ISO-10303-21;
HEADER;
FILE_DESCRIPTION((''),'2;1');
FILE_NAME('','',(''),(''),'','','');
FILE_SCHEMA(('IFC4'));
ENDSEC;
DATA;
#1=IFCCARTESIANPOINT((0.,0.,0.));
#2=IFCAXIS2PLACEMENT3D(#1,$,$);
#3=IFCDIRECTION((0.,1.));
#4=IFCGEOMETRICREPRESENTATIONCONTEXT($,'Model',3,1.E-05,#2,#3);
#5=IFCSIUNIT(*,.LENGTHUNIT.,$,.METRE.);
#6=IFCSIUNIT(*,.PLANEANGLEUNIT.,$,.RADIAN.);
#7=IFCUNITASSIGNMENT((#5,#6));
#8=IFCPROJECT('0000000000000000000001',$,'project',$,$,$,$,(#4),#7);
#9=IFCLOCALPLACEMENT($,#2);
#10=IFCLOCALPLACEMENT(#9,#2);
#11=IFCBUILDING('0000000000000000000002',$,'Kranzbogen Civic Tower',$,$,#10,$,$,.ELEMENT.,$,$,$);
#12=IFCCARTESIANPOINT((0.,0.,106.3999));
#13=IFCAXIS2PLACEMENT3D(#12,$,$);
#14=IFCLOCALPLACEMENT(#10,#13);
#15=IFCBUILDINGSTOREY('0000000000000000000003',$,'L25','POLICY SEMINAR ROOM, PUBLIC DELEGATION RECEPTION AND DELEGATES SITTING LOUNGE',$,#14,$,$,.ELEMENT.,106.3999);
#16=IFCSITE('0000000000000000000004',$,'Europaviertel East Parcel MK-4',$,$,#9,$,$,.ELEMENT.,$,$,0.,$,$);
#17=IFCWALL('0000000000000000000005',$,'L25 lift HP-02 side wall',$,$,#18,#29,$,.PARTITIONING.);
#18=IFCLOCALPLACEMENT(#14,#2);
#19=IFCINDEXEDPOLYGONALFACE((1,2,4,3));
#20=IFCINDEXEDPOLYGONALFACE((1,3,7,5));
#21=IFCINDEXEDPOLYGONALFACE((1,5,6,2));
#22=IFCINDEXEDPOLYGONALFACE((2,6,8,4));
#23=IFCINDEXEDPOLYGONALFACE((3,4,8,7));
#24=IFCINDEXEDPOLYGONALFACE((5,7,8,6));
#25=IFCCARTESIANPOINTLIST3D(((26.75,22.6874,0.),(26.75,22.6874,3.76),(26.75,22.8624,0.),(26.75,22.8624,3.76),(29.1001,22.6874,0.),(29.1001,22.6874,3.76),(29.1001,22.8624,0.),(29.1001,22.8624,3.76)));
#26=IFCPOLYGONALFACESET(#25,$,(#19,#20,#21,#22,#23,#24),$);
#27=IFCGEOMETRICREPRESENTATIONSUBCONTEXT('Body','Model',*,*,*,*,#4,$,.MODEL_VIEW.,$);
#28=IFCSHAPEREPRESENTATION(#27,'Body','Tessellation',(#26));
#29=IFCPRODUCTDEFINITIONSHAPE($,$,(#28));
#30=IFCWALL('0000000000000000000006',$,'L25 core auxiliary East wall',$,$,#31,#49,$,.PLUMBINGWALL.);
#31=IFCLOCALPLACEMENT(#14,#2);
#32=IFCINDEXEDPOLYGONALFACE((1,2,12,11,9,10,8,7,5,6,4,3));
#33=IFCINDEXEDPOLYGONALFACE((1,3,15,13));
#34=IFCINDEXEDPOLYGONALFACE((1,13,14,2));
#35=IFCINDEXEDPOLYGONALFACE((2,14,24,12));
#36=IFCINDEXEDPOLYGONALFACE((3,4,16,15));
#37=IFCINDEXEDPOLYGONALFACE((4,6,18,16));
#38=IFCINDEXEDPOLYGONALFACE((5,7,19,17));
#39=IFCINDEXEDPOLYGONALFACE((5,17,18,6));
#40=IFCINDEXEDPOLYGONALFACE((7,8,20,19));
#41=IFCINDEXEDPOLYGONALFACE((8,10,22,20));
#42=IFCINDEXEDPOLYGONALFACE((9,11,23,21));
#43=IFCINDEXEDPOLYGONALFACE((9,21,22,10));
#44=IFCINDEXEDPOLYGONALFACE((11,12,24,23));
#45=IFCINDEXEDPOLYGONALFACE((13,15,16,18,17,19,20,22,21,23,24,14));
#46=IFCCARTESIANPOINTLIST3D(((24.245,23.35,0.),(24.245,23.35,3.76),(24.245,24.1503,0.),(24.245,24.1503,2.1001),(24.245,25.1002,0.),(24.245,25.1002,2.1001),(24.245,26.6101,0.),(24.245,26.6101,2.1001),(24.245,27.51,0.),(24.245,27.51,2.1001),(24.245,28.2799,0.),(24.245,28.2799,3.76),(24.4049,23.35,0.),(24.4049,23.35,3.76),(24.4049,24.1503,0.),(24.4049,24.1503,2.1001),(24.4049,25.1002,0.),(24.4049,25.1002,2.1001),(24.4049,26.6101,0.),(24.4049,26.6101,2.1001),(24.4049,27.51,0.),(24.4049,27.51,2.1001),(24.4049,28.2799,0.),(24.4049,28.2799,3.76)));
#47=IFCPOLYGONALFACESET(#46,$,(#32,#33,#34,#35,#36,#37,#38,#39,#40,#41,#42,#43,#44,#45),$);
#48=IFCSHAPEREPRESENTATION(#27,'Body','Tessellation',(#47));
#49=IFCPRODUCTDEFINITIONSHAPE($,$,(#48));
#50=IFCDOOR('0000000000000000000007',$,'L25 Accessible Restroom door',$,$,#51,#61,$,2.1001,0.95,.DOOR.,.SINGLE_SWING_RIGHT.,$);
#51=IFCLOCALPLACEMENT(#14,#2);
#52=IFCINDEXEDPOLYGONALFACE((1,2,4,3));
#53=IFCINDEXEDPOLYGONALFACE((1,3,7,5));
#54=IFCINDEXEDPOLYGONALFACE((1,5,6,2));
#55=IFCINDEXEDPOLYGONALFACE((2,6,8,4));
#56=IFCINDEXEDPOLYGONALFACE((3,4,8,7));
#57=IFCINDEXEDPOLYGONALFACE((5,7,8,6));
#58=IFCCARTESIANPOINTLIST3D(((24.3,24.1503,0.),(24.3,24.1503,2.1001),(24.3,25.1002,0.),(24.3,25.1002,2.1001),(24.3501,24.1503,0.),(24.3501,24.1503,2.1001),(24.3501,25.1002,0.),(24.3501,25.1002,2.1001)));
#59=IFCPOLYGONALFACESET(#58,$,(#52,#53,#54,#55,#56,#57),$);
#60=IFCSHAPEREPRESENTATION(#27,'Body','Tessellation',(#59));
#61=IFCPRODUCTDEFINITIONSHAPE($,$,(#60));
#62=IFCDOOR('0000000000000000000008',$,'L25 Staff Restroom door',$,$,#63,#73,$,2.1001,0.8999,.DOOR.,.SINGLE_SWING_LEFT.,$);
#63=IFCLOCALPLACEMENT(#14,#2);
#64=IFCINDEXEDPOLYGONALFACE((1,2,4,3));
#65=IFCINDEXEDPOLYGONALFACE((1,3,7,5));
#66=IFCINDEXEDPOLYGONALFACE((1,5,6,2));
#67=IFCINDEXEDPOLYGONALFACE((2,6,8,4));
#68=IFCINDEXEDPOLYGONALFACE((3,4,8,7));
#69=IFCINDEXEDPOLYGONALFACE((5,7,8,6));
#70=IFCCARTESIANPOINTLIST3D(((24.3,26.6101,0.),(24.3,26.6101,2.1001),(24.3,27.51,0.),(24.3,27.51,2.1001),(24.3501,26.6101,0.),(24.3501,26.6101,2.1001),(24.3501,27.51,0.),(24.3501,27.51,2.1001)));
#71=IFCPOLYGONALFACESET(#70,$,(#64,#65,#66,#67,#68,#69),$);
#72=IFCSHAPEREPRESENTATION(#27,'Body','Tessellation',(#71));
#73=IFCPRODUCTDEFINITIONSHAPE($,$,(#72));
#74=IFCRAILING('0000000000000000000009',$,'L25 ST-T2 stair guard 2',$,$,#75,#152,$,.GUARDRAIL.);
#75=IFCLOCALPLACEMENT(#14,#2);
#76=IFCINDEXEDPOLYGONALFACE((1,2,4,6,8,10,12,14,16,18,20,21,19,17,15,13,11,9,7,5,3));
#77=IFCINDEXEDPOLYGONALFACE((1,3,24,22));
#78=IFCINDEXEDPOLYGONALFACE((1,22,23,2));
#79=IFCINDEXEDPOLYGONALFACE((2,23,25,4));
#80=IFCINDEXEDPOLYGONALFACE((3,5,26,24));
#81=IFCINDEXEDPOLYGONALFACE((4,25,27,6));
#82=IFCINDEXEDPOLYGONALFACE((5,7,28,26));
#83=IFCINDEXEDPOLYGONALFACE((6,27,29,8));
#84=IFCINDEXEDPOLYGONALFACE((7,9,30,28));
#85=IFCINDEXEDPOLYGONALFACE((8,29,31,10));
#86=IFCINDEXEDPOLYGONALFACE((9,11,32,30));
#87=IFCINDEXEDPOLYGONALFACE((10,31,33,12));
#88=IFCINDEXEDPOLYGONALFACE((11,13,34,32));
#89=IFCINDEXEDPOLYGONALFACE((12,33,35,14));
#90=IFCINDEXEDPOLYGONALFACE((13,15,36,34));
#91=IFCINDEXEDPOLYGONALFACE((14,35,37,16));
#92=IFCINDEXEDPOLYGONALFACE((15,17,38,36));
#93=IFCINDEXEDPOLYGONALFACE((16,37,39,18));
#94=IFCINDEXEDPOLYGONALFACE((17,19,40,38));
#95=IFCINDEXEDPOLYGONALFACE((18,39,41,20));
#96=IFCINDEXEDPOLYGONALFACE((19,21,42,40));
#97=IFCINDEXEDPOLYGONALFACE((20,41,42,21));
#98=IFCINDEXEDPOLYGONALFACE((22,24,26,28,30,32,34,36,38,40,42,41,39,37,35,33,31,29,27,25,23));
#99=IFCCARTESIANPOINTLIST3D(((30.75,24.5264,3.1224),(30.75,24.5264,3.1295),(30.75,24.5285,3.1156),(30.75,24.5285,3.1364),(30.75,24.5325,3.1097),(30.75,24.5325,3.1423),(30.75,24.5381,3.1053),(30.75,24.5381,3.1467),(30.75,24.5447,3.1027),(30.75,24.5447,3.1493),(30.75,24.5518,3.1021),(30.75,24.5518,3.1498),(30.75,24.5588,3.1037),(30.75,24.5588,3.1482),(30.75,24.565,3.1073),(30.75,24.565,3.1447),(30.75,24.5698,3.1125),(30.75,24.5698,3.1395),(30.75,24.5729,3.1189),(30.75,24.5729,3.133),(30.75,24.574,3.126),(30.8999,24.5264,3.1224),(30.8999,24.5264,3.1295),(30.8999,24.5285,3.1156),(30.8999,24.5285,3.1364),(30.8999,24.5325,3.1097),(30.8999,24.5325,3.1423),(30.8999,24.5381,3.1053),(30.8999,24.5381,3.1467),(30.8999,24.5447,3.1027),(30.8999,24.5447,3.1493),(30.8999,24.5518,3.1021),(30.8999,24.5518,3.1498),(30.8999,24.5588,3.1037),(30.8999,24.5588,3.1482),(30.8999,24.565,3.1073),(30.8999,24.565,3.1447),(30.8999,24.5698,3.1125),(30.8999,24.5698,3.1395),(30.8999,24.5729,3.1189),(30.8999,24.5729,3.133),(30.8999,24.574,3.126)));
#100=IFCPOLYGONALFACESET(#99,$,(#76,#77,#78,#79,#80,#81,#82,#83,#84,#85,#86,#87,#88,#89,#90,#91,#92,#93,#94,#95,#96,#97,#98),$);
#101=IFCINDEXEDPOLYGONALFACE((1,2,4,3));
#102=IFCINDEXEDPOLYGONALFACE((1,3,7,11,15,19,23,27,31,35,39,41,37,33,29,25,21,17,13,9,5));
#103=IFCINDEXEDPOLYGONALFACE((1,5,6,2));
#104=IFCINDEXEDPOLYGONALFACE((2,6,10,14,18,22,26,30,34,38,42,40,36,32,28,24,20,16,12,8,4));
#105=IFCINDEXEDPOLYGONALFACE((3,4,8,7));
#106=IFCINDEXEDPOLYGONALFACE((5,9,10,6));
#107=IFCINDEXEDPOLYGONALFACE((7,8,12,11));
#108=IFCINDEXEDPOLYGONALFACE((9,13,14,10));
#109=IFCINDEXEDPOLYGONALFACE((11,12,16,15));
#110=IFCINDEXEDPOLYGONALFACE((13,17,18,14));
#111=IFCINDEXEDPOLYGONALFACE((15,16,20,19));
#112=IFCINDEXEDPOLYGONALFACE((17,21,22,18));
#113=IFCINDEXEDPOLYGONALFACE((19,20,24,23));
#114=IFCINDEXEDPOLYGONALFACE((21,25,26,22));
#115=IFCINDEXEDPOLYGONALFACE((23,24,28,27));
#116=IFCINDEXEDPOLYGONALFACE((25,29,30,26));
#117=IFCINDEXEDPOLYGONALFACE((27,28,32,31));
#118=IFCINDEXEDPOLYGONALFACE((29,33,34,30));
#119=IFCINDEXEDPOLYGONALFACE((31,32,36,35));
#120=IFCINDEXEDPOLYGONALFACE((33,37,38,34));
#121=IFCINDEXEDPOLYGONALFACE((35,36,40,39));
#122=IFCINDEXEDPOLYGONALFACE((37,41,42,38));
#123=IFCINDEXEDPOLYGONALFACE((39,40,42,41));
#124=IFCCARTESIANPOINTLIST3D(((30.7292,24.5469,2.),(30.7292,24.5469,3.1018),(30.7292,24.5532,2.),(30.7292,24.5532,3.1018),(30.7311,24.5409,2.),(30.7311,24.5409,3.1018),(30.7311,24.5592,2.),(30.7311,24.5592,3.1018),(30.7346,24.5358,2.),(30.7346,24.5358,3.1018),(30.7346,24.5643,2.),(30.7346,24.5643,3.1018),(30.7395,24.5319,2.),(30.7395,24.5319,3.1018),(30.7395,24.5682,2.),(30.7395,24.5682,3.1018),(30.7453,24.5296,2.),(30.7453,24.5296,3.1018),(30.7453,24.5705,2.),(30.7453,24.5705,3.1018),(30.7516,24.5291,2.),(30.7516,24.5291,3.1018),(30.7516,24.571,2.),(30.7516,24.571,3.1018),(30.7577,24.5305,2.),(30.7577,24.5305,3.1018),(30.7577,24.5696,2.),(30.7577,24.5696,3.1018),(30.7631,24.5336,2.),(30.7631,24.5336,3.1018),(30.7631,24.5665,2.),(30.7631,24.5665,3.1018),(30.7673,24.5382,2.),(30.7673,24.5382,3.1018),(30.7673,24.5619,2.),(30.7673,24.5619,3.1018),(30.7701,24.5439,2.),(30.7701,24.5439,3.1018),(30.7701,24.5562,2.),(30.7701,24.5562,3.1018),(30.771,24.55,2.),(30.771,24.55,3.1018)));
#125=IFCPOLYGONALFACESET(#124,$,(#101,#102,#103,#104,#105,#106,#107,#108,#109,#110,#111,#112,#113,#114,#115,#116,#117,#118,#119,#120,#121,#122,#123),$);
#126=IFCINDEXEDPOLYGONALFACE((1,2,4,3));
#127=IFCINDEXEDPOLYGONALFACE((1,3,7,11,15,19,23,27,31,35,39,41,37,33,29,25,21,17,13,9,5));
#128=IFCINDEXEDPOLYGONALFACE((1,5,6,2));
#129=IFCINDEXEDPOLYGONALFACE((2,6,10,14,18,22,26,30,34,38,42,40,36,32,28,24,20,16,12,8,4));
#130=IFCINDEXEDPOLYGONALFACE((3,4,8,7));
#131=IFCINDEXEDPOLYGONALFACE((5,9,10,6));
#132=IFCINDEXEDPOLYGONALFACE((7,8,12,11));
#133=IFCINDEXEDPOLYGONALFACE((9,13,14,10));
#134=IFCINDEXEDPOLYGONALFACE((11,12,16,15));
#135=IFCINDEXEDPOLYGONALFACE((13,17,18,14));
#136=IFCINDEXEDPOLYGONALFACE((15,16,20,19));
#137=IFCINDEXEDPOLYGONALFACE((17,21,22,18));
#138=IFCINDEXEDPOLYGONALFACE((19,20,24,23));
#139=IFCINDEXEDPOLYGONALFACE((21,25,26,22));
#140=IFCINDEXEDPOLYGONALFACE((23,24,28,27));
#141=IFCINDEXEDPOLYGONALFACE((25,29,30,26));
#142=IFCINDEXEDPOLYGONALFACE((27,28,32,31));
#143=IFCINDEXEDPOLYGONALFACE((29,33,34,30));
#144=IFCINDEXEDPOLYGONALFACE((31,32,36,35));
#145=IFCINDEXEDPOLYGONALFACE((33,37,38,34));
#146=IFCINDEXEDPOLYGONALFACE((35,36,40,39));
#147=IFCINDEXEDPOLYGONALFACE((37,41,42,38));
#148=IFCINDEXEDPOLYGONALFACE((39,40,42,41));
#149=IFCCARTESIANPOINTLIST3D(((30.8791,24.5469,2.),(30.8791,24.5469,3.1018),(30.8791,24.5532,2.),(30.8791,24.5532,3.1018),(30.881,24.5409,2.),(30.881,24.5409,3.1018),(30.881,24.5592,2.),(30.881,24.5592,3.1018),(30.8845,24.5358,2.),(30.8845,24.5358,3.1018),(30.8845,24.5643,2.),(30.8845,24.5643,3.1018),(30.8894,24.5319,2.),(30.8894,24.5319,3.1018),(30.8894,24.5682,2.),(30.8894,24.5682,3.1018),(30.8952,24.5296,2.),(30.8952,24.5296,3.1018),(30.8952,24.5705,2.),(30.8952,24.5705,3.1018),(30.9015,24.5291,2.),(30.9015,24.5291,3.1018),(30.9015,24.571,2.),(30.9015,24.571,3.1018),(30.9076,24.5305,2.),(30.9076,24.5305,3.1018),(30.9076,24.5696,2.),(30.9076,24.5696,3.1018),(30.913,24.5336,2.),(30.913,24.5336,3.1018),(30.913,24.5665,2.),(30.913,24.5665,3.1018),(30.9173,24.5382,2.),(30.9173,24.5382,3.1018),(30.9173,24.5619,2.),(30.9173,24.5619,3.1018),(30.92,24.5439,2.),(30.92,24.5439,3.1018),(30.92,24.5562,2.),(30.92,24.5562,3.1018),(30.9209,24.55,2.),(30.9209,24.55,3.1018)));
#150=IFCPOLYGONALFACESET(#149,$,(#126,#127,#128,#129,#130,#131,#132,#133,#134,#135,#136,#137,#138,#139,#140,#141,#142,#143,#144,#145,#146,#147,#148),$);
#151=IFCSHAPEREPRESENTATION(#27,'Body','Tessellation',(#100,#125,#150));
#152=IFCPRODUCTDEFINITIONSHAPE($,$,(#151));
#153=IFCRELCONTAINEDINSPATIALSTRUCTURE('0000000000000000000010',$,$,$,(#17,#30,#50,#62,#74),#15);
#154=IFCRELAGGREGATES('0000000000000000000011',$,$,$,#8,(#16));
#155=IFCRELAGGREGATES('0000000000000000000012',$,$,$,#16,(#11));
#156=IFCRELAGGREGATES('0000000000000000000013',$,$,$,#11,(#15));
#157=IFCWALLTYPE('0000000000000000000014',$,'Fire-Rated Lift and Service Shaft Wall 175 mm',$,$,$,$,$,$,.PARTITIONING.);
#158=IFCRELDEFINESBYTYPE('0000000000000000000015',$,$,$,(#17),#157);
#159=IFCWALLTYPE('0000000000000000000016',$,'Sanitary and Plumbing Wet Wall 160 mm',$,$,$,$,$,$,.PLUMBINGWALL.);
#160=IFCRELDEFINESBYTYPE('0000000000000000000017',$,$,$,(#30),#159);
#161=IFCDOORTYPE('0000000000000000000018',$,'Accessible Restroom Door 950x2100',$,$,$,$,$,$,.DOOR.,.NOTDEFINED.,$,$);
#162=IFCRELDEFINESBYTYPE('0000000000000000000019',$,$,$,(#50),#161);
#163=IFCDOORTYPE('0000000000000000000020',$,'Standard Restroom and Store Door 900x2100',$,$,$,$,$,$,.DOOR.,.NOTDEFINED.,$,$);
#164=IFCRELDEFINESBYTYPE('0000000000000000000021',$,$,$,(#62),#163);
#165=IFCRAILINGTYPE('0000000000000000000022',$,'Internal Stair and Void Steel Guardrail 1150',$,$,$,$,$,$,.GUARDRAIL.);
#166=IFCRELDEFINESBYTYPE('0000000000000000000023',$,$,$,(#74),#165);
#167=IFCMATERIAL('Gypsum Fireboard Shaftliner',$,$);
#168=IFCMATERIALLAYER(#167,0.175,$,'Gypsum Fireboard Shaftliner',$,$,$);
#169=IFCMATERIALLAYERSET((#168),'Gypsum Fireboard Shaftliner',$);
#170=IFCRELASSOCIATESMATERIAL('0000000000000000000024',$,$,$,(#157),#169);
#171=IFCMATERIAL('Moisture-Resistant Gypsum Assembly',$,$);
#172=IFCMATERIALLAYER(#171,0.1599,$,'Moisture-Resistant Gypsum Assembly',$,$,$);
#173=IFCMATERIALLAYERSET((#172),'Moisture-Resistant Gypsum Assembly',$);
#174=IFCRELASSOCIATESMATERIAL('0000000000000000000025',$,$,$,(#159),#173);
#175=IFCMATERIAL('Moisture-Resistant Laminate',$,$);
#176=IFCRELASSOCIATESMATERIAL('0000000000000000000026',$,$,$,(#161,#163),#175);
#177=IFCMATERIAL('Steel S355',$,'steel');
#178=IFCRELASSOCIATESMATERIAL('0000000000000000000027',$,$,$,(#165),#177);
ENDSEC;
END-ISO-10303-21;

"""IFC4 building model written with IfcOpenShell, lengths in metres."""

from ifc_helpers import new_model, si_unit, direction, frame, frame_2d, origin, origin_2d, place, context, subcontext, project, spatial, rectangle, circle, extrude, material, layer, layer_set, type_object, element, fill, save


model = new_model("IFC4")

# Units and contexts
model_context = context("Model", 3, precision=1e-05, world=origin(), true_north=direction((0.0, 1.0)))
body_context = subcontext(model_context, "Body", "Model", "MODEL_VIEW")
ifc_project = project(units=[si_unit("LENGTHUNIT", "METRE"), si_unit("PLANEANGLEUNIT", "RADIAN")], contexts=[model_context])

# Site, building, storey
site_placement = place(None, origin())
site = spatial("IfcSite", under=ifc_project, at=site_placement, Name="Europaviertel East Parcel MK-4", CompositionType="ELEMENT", RefElevation=0.0)
building_placement = place(site_placement, origin())
building = spatial("IfcBuilding", under=site, at=building_placement, Name="Kranzbogen Civic Tower", CompositionType="ELEMENT")
storey_placement = place(building_placement, frame((0.0, 0.0, 106.3999)))
storey = spatial("IfcBuildingStorey", under=building, at=storey_placement, Name="L25", Description="POLICY SEMINAR ROOM, PUBLIC DELEGATION RECEPTION AND DELEGATES SITTING LOUNGE", CompositionType="ELEMENT", Elevation=106.3999)

# Shared definitions
ifc_material_1 = material(Name="Steel S355", Category="steel")

# Wall
ifc_material_2 = material(Name="Gypsum Fireboard Shaftliner")
ifc_layer_1 = layer(ifc_material_2, 0.175, Name="Gypsum Fireboard Shaftliner")
ifc_layer_set_1 = layer_set([ifc_layer_1], Name="Gypsum Fireboard Shaftliner")
wall_type_1 = type_object("IfcWallType", Name="Fire-Rated Lift and Service Shaft Wall 175 mm", PredefinedType="PARTITIONING", material=ifc_layer_set_1)
wall_1_placement = place(storey_placement, frame((26.75, 22.7749, 0.0), z_axis=(0.0, 0.0, 1.0), x_axis=(1.0, 0.0, 0.0)))
element("IfcWall", 1, at=wall_1_placement, inside=storey, type_object=wall_type_1, Name="L25 lift HP-02 side wall", PredefinedType="PARTITIONING", context=body_context, shape_type="SweptSolid", body=[
    extrude(rectangle(XDim=2.3501, YDim=0.175, at=frame_2d((1.175, 0.0))), origin(), (0.0, 0.0, 1.0), 3.76),
])

# Wall, openings, doors
ifc_material_3 = material(Name="Moisture-Resistant Gypsum Assembly")
ifc_layer_2 = layer(ifc_material_3, 0.1599, Name="Moisture-Resistant Gypsum Assembly")
ifc_layer_set_2 = layer_set([ifc_layer_2], Name="Moisture-Resistant Gypsum Assembly")
wall_type_2 = type_object("IfcWallType", Name="Sanitary and Plumbing Wet Wall 160 mm", PredefinedType="PLUMBINGWALL", material=ifc_layer_set_2)
wall_2_placement = place(storey_placement, frame((24.325, 23.3501, 0.0), z_axis=(0.0, 0.0, 1.0), x_axis=(0.0, 1.0, 0.0)))
wall_2 = element("IfcWall", 2, at=wall_2_placement, inside=storey, type_object=wall_type_2, Name="L25 core auxiliary East wall", PredefinedType="PLUMBINGWALL", context=body_context, shape_type="SweptSolid", body=[
    extrude(rectangle(XDim=4.9299, YDim=0.1599, at=frame_2d((2.4648, 0.0))), origin(), (0.0, 0.0, 1.0), 3.76),
])
opening_1_placement = place(wall_2_placement, frame((0.8, 0.0, 0.0)))
opening_1 = element("IfcOpeningElement", 3, at=opening_1_placement, cuts=wall_2, PredefinedType="OPENING", context=body_context, shape_type="SweptSolid", body=[
    extrude(rectangle(XDim=0.95, YDim=2.1001, at=frame_2d((0.4751, 1.05))), frame((0.0, 0.0898, 0.0), z_axis=(0.0, -1.0, 0.0), x_axis=(1.0, 0.0, 0.0)), (0.0, 0.0, 1.0), 0.1799),
])
opening_2_placement = place(wall_2_placement, frame((3.26, 0.0, 0.0)))
opening_2 = element("IfcOpeningElement", 4, at=opening_2_placement, cuts=wall_2, PredefinedType="OPENING", context=body_context, shape_type="SweptSolid", body=[
    extrude(rectangle(XDim=0.8999, YDim=2.1001, at=frame_2d((0.45, 1.05))), frame((0.0, 0.0898, 0.0), z_axis=(0.0, -1.0, 0.0), x_axis=(1.0, 0.0, 0.0)), (0.0, 0.0, 1.0), 0.1799),
])
ifc_material_4 = material(Name="Moisture-Resistant Laminate")
door_type_1 = type_object("IfcDoorType", Name="Accessible Restroom Door 950x2100", OperationType="NOTDEFINED", PredefinedType="DOOR", material=ifc_material_4)
door_1_placement = place(opening_1_placement, origin())
door_1 = element("IfcDoor", 5, at=door_1_placement, inside=storey, type_object=door_type_1, Name="L25 Accessible Restroom door", OperationType="SINGLE_SWING_RIGHT", OverallHeight=2.1001, OverallWidth=0.95, PredefinedType="DOOR", context=body_context, shape_type="SweptSolid", body=[
    extrude(rectangle(XDim=0.95, YDim=2.1001, at=frame_2d((0.4751, 1.05))), frame((0.0, 0.0249, 0.0), z_axis=(0.0, -1.0, 0.0), x_axis=(1.0, 0.0, 0.0)), (0.0, 0.0, 1.0), 0.05),
])
fill(opening_1, door_1)
door_type_2 = type_object("IfcDoorType", Name="Standard Restroom and Store Door 900x2100", OperationType="NOTDEFINED", PredefinedType="DOOR", material=ifc_material_4)
door_2_placement = place(opening_2_placement, origin())
door_2 = element("IfcDoor", 6, at=door_2_placement, inside=storey, type_object=door_type_2, Name="L25 Staff Restroom door", OperationType="SINGLE_SWING_LEFT", OverallHeight=2.1001, OverallWidth=0.8999, PredefinedType="DOOR", context=body_context, shape_type="SweptSolid", body=[
    extrude(rectangle(XDim=0.8999, YDim=2.1001, at=frame_2d((0.45, 1.05))), frame((0.0, 0.0249, 0.0), z_axis=(0.0, -1.0, 0.0), x_axis=(1.0, 0.0, 0.0)), (0.0, 0.0, 1.0), 0.05),
])
fill(opening_2, door_2)

# Railing
railing_type = type_object("IfcRailingType", Name="Internal Stair and Void Steel Guardrail 1150", PredefinedType="GUARDRAIL", material=ifc_material_1)
railing_placement = place(storey_placement, frame((30.75, 24.55, 2.0)))
element("IfcRailing", 7, at=railing_placement, inside=storey, type_object=railing_type, Name="L25 ST-T2 stair guard 2", PredefinedType="GUARDRAIL", context=body_context, shape_type="SweptSolid", body=[
    extrude(circle(Radius=0.0239, at=origin_2d()), frame((0.0, 0.0, 1.126), z_axis=(1.0, 0.0, 0.0), x_axis=(0.0, 1.0, 0.0)), (0.0, 0.0, 1.0), 0.1499),
    extrude(circle(Radius=0.021, at=origin_2d()), origin(), (0.0, 0.0, 1.0), 1.1018),
    extrude(circle(Radius=0.021, at=origin_2d()), frame((0.1499, 0.0, 0.0)), (0.0, 0.0, 1.0), 1.1018),
])

save(model, "model.ifc")
